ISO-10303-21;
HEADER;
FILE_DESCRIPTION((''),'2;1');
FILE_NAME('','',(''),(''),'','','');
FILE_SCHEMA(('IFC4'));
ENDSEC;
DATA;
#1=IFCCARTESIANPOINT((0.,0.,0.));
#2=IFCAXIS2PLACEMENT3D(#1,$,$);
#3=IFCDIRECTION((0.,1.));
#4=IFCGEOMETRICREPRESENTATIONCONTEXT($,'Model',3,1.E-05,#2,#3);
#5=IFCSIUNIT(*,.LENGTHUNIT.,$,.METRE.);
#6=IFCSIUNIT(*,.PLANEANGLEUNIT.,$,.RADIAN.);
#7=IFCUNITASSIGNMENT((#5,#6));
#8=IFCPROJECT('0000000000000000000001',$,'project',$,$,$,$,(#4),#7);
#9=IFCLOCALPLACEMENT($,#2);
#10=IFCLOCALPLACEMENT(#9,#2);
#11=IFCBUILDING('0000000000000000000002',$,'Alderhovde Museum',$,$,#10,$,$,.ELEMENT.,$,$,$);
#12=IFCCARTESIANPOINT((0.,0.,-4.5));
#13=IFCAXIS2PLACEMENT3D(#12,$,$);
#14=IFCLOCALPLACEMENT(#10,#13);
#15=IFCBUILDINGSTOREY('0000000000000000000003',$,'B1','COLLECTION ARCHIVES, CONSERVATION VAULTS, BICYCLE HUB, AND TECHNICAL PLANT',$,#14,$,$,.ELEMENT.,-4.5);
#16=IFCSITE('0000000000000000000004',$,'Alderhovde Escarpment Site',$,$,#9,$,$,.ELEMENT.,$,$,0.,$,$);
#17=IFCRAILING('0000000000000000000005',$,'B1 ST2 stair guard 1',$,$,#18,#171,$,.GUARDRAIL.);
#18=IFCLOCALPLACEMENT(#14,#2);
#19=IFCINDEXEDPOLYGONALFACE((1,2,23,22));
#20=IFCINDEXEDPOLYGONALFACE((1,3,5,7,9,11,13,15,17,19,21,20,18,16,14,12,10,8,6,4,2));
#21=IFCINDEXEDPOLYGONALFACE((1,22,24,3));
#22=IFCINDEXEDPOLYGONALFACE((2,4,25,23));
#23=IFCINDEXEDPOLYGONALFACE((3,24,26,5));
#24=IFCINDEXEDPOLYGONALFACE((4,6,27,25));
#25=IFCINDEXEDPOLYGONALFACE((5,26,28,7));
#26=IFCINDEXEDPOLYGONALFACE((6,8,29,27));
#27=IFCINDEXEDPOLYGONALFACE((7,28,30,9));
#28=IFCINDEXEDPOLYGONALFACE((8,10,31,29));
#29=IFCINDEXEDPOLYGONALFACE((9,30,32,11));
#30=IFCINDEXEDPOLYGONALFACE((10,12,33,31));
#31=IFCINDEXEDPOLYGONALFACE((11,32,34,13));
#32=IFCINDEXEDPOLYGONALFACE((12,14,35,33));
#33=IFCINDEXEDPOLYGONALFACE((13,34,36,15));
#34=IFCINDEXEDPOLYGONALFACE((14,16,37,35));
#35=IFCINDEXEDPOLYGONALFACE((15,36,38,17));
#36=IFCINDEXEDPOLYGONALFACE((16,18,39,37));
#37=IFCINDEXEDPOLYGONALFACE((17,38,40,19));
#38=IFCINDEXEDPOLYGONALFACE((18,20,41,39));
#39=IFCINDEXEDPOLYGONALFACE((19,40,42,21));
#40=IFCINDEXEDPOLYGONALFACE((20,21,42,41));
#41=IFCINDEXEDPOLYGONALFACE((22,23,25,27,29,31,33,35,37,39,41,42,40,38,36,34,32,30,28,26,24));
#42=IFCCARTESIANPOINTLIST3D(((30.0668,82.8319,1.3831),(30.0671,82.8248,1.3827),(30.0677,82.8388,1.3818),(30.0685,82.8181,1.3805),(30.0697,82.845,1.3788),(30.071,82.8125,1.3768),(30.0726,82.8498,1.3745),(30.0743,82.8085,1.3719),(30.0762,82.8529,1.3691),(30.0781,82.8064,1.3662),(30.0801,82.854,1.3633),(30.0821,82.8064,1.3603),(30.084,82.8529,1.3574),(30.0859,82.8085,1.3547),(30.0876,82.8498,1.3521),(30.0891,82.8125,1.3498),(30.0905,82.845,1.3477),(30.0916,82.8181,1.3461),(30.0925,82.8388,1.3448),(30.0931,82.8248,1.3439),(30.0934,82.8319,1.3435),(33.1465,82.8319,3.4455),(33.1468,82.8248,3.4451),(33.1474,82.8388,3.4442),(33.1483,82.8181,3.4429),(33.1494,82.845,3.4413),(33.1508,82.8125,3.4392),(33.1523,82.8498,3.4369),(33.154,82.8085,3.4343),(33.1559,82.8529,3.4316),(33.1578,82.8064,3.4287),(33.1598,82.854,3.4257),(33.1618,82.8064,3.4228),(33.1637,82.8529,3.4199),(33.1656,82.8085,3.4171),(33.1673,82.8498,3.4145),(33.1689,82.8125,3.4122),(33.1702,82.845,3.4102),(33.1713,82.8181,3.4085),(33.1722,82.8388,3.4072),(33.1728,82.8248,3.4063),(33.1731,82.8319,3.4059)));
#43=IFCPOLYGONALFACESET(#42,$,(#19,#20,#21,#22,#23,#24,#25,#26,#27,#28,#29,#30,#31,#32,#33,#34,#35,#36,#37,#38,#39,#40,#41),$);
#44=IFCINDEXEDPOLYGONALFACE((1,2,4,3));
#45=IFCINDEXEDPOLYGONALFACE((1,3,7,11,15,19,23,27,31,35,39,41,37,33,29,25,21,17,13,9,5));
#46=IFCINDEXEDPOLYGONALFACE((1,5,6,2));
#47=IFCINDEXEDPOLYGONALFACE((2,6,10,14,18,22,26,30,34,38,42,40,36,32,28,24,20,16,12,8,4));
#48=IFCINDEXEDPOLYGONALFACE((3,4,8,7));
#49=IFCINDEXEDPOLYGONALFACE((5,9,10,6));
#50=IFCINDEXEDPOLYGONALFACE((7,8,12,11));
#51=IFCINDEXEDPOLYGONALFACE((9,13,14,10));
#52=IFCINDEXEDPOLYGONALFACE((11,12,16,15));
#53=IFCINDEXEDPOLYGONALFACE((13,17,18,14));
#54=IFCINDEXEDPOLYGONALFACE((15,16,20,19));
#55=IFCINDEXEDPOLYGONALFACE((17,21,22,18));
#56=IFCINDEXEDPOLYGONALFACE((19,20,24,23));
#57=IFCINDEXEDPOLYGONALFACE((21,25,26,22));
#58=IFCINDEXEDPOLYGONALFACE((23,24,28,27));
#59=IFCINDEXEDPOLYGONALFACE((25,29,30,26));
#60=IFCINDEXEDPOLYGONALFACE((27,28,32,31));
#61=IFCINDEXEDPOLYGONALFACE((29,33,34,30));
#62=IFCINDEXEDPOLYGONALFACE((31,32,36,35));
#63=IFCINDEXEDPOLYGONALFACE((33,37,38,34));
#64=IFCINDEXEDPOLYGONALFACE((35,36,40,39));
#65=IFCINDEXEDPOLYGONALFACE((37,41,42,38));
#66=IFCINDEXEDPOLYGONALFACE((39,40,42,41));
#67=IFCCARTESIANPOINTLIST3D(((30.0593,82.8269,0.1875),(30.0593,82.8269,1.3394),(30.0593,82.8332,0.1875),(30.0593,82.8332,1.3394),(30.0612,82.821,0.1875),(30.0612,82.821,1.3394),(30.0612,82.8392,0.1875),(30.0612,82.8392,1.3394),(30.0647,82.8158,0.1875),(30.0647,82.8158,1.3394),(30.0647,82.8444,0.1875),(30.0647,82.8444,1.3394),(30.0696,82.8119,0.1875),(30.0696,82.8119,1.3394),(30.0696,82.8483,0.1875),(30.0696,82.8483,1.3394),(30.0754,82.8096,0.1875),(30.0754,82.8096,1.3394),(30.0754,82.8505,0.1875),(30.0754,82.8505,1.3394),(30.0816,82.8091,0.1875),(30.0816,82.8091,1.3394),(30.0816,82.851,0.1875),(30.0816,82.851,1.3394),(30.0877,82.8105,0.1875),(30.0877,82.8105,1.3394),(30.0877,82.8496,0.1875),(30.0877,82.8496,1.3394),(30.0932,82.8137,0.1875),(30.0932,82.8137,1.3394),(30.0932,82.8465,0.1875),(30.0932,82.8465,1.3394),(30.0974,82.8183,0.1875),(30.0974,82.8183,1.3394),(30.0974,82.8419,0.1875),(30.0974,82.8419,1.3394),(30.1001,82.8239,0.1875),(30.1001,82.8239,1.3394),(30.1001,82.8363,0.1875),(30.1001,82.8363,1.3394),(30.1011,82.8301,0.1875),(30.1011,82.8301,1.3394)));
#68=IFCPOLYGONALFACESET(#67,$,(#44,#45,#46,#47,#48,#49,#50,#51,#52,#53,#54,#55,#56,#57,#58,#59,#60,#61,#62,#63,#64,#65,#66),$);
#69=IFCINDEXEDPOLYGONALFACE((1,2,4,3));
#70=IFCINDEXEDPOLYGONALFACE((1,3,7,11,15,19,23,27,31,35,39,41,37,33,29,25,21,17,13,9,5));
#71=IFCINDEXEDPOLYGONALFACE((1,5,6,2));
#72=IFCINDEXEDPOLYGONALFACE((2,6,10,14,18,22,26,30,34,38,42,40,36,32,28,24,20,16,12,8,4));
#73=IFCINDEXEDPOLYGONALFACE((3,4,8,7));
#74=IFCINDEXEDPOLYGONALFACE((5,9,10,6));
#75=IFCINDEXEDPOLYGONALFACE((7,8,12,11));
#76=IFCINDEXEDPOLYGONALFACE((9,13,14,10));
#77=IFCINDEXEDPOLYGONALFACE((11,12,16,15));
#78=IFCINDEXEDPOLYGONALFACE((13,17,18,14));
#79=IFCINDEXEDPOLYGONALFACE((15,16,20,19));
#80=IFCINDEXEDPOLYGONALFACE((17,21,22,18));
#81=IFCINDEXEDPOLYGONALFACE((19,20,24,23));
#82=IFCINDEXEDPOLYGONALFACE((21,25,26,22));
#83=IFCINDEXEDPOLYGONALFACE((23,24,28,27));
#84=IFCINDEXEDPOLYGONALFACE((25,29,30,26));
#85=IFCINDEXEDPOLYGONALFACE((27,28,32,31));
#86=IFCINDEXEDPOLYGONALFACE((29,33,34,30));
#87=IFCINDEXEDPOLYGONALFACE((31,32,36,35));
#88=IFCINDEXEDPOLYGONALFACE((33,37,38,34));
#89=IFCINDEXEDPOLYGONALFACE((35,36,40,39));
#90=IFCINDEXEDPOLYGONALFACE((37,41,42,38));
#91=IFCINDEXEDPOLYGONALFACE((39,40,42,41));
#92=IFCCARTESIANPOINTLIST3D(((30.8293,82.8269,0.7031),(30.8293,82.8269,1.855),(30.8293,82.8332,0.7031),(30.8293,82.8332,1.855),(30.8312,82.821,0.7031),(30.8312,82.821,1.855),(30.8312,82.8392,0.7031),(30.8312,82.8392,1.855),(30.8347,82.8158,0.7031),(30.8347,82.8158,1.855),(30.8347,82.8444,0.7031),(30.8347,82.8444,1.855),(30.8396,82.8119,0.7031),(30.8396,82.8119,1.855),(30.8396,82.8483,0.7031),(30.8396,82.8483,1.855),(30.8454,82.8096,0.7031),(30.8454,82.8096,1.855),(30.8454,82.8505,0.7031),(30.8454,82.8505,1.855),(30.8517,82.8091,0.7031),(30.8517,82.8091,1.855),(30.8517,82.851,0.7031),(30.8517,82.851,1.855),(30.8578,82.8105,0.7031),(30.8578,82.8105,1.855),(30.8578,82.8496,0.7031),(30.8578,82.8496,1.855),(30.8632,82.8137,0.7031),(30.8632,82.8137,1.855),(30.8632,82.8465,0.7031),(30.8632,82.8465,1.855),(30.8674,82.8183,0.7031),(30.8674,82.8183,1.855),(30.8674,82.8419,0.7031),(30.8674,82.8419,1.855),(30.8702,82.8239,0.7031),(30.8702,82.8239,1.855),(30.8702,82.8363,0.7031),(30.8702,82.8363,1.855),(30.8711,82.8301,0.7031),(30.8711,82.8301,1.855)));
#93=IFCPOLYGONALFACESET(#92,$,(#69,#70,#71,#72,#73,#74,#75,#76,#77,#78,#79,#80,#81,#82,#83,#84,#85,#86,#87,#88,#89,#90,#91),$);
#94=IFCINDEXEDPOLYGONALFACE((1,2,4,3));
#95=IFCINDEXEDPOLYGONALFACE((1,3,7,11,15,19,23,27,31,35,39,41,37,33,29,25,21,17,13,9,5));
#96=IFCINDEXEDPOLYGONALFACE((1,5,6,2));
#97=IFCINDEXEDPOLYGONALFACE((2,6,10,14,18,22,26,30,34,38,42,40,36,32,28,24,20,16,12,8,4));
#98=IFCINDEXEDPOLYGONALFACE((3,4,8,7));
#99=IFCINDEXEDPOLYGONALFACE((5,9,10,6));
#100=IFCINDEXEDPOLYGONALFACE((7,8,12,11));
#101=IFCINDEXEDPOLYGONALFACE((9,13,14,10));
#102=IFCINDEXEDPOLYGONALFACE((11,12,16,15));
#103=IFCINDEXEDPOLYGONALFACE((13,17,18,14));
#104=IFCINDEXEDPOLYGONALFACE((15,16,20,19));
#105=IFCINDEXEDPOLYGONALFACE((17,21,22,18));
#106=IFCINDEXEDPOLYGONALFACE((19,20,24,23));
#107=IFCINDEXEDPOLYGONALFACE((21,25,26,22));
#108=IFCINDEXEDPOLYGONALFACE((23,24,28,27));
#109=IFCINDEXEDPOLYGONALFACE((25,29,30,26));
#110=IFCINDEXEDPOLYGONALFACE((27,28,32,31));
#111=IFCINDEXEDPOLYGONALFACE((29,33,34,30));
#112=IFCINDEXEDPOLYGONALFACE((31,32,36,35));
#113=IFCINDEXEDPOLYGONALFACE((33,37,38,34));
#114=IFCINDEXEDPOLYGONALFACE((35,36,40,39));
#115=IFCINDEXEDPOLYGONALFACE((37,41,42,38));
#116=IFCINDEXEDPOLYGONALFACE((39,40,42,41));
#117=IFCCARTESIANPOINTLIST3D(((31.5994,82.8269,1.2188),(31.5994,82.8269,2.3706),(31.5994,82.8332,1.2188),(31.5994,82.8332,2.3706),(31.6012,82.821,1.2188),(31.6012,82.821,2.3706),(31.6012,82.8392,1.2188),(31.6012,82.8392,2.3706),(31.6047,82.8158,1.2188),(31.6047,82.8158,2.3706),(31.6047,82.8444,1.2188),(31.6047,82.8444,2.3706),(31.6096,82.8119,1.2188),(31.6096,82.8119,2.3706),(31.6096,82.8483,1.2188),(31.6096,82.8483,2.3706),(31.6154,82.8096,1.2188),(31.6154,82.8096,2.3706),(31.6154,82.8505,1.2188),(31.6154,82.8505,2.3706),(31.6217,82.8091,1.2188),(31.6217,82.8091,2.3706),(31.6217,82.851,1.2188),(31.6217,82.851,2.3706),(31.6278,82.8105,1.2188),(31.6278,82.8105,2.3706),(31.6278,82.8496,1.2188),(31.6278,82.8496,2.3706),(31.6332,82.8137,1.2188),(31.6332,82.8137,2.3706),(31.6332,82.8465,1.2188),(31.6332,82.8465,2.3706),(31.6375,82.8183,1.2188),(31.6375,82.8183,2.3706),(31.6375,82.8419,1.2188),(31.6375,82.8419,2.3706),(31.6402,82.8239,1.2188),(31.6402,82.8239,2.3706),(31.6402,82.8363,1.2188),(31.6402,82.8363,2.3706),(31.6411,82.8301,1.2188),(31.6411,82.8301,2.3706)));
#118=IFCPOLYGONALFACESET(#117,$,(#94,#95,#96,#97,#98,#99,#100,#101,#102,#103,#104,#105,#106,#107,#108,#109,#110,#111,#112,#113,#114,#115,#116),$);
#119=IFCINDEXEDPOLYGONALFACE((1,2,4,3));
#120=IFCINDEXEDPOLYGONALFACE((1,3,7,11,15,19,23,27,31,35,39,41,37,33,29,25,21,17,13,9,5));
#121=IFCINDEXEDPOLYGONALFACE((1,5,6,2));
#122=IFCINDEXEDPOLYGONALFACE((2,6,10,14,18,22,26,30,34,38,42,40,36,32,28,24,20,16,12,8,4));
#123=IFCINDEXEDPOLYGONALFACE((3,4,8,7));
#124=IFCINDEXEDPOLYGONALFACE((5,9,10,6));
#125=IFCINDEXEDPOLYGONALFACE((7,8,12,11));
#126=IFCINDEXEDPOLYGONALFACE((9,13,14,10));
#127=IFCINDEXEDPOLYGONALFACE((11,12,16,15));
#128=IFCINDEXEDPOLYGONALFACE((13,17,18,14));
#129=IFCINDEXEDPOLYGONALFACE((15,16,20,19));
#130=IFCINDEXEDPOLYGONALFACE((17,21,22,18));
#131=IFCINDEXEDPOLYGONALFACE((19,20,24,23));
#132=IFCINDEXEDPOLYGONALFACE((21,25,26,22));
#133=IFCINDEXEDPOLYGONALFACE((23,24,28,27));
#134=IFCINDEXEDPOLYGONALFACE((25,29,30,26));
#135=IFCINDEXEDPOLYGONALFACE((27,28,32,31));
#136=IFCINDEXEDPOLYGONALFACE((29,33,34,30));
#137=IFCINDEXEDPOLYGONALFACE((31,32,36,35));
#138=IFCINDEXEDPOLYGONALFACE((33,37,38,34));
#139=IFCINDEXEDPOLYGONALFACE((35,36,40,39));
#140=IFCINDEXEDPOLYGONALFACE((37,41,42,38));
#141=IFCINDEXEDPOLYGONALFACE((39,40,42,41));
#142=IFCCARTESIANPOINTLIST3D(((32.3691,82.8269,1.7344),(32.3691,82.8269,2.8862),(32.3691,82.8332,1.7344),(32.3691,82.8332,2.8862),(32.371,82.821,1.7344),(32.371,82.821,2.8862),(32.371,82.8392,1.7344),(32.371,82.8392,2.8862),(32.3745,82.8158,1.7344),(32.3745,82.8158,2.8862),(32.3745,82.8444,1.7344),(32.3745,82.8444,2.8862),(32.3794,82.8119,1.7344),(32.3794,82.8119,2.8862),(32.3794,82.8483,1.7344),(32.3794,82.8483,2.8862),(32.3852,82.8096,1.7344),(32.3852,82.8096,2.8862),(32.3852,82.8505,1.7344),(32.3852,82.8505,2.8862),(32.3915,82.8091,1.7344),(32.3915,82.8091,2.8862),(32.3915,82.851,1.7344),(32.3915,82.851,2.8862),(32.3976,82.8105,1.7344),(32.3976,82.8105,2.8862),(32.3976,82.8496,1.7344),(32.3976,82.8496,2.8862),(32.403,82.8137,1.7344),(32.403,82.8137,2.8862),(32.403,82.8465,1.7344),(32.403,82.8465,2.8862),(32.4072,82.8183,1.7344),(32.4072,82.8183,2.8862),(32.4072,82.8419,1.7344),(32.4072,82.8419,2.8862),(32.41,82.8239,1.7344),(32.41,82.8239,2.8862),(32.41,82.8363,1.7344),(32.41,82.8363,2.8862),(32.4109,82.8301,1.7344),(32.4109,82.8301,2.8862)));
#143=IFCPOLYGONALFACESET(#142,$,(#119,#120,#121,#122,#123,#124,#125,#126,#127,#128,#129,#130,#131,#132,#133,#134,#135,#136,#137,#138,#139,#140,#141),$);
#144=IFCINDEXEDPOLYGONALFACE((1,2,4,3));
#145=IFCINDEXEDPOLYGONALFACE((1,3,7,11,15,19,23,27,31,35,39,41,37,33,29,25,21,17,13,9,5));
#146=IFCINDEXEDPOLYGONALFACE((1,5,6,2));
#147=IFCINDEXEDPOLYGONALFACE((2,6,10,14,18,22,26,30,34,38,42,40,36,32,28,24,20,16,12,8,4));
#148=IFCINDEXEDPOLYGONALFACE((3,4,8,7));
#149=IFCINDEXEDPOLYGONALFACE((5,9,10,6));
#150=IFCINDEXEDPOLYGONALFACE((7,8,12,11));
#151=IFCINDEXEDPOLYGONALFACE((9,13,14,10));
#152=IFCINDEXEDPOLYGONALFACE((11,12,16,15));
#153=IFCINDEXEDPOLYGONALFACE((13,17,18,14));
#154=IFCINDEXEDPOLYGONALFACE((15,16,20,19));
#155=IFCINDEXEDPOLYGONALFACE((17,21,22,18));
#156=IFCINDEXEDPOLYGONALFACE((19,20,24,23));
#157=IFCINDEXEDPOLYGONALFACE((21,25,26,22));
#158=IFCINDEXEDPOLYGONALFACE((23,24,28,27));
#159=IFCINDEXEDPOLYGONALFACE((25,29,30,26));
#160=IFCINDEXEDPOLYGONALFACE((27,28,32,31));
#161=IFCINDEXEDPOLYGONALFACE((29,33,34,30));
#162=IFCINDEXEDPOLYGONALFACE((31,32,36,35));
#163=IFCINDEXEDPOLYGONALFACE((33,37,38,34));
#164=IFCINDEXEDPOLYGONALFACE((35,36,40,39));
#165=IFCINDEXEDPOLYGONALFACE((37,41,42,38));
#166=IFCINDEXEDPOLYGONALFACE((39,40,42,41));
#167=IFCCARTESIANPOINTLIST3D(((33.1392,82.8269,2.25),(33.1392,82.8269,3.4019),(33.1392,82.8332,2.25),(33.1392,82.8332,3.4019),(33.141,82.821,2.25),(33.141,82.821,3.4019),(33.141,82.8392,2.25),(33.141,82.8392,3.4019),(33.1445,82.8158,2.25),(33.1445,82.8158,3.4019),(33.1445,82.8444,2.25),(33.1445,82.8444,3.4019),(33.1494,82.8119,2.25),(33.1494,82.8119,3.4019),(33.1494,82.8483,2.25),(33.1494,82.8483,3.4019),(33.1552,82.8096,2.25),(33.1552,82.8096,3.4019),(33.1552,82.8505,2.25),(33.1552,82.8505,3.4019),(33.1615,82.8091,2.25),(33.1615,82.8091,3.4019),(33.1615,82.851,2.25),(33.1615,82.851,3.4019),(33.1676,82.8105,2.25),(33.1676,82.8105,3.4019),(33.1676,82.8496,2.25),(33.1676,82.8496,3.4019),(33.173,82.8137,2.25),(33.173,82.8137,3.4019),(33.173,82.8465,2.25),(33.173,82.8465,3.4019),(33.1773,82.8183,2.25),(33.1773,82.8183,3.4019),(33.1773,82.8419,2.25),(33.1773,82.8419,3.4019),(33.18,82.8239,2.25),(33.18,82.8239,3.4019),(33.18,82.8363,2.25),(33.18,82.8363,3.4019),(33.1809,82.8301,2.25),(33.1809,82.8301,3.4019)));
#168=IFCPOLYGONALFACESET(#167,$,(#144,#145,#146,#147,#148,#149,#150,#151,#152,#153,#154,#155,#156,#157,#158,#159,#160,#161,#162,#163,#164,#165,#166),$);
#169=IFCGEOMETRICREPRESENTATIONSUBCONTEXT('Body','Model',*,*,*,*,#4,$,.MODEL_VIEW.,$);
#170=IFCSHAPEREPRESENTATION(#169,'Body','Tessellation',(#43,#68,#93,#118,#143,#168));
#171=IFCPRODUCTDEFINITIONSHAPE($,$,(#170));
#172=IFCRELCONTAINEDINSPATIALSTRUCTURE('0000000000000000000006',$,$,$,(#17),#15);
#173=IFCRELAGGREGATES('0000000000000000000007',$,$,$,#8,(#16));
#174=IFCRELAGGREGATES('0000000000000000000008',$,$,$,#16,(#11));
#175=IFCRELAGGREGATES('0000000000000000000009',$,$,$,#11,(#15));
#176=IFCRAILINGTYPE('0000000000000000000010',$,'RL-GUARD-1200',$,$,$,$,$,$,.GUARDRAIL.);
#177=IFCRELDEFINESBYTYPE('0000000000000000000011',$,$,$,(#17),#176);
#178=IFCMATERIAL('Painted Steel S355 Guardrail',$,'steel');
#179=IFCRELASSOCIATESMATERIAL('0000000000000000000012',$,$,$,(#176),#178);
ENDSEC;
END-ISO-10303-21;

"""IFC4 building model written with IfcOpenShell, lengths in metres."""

from ifc_helpers import new_model, si_unit, direction, frame, origin, origin_2d, place, context, subcontext, project, spatial, circle, extrude, material, type_object, element, save


model = new_model("IFC4")

# Units and contexts
model_context = context("Model", 3, precision=1e-05, world=origin(), true_north=direction((0.0, 1.0)))
body_context = subcontext(model_context, "Body", "Model", "MODEL_VIEW")
ifc_project = project(units=[si_unit("LENGTHUNIT", "METRE"), si_unit("PLANEANGLEUNIT", "RADIAN")], contexts=[model_context])

# Site, building, storey
site_placement = place(None, origin())
site = spatial("IfcSite", under=ifc_project, at=site_placement, Name="Alderhovde Escarpment Site", CompositionType="ELEMENT", RefElevation=0.0)
building_placement = place(site_placement, origin())
building = spatial("IfcBuilding", under=site, at=building_placement, Name="Alderhovde Museum", CompositionType="ELEMENT")
storey_placement = place(building_placement, frame((0.0, 0.0, -4.5)))
storey = spatial("IfcBuildingStorey", under=building, at=storey_placement, Name="B1", Description="COLLECTION ARCHIVES, CONSERVATION VAULTS, BICYCLE HUB, AND TECHNICAL PLANT", CompositionType="ELEMENT", Elevation=-4.5)

# Railing
ifc_material_1 = material(Name="Painted Steel S355 Guardrail", Category="steel")
railing_type_1 = type_object("IfcRailingType", Name="RL-GUARD-1200", PredefinedType="GUARDRAIL", material=ifc_material_1)
railing_1_placement = place(storey_placement, frame((30.0801, 82.8301, 0.1875)))
element("IfcRailing", 1, at=railing_1_placement, inside=storey, type_object=railing_type_1, Name="B1 ST2 stair guard 1", PredefinedType="GUARDRAIL", context=body_context, shape_type="SweptSolid", body=[
    extrude(circle(Radius=0.0239, at=origin_2d()), frame((0.0, 0.0, 1.1758), z_axis=(0.830893, 0.0, 0.556432), x_axis=(0.0, 1.0, 0.0)), (0.0, 0.0, 1.0), 3.7065),
    extrude(circle(Radius=0.021, at=origin_2d()), origin(), (0.0, 0.0, 1.0), 1.1519),
    extrude(circle(Radius=0.021, at=origin_2d()), frame((0.77, 0.0, 0.5156)), (0.0, 0.0, 1.0), 1.1519),
    extrude(circle(Radius=0.021, at=origin_2d()), frame((1.54, 0.0, 1.0312)), (0.0, 0.0, 1.0), 1.1519),
    extrude(circle(Radius=0.021, at=origin_2d()), frame((2.3098, 0.0, 1.5469)), (0.0, 0.0, 1.0), 1.1519),
    extrude(circle(Radius=0.021, at=origin_2d()), frame((3.0798, 0.0, 2.0625)), (0.0, 0.0, 1.0), 1.1519),
])

save(model, "model.ifc")
